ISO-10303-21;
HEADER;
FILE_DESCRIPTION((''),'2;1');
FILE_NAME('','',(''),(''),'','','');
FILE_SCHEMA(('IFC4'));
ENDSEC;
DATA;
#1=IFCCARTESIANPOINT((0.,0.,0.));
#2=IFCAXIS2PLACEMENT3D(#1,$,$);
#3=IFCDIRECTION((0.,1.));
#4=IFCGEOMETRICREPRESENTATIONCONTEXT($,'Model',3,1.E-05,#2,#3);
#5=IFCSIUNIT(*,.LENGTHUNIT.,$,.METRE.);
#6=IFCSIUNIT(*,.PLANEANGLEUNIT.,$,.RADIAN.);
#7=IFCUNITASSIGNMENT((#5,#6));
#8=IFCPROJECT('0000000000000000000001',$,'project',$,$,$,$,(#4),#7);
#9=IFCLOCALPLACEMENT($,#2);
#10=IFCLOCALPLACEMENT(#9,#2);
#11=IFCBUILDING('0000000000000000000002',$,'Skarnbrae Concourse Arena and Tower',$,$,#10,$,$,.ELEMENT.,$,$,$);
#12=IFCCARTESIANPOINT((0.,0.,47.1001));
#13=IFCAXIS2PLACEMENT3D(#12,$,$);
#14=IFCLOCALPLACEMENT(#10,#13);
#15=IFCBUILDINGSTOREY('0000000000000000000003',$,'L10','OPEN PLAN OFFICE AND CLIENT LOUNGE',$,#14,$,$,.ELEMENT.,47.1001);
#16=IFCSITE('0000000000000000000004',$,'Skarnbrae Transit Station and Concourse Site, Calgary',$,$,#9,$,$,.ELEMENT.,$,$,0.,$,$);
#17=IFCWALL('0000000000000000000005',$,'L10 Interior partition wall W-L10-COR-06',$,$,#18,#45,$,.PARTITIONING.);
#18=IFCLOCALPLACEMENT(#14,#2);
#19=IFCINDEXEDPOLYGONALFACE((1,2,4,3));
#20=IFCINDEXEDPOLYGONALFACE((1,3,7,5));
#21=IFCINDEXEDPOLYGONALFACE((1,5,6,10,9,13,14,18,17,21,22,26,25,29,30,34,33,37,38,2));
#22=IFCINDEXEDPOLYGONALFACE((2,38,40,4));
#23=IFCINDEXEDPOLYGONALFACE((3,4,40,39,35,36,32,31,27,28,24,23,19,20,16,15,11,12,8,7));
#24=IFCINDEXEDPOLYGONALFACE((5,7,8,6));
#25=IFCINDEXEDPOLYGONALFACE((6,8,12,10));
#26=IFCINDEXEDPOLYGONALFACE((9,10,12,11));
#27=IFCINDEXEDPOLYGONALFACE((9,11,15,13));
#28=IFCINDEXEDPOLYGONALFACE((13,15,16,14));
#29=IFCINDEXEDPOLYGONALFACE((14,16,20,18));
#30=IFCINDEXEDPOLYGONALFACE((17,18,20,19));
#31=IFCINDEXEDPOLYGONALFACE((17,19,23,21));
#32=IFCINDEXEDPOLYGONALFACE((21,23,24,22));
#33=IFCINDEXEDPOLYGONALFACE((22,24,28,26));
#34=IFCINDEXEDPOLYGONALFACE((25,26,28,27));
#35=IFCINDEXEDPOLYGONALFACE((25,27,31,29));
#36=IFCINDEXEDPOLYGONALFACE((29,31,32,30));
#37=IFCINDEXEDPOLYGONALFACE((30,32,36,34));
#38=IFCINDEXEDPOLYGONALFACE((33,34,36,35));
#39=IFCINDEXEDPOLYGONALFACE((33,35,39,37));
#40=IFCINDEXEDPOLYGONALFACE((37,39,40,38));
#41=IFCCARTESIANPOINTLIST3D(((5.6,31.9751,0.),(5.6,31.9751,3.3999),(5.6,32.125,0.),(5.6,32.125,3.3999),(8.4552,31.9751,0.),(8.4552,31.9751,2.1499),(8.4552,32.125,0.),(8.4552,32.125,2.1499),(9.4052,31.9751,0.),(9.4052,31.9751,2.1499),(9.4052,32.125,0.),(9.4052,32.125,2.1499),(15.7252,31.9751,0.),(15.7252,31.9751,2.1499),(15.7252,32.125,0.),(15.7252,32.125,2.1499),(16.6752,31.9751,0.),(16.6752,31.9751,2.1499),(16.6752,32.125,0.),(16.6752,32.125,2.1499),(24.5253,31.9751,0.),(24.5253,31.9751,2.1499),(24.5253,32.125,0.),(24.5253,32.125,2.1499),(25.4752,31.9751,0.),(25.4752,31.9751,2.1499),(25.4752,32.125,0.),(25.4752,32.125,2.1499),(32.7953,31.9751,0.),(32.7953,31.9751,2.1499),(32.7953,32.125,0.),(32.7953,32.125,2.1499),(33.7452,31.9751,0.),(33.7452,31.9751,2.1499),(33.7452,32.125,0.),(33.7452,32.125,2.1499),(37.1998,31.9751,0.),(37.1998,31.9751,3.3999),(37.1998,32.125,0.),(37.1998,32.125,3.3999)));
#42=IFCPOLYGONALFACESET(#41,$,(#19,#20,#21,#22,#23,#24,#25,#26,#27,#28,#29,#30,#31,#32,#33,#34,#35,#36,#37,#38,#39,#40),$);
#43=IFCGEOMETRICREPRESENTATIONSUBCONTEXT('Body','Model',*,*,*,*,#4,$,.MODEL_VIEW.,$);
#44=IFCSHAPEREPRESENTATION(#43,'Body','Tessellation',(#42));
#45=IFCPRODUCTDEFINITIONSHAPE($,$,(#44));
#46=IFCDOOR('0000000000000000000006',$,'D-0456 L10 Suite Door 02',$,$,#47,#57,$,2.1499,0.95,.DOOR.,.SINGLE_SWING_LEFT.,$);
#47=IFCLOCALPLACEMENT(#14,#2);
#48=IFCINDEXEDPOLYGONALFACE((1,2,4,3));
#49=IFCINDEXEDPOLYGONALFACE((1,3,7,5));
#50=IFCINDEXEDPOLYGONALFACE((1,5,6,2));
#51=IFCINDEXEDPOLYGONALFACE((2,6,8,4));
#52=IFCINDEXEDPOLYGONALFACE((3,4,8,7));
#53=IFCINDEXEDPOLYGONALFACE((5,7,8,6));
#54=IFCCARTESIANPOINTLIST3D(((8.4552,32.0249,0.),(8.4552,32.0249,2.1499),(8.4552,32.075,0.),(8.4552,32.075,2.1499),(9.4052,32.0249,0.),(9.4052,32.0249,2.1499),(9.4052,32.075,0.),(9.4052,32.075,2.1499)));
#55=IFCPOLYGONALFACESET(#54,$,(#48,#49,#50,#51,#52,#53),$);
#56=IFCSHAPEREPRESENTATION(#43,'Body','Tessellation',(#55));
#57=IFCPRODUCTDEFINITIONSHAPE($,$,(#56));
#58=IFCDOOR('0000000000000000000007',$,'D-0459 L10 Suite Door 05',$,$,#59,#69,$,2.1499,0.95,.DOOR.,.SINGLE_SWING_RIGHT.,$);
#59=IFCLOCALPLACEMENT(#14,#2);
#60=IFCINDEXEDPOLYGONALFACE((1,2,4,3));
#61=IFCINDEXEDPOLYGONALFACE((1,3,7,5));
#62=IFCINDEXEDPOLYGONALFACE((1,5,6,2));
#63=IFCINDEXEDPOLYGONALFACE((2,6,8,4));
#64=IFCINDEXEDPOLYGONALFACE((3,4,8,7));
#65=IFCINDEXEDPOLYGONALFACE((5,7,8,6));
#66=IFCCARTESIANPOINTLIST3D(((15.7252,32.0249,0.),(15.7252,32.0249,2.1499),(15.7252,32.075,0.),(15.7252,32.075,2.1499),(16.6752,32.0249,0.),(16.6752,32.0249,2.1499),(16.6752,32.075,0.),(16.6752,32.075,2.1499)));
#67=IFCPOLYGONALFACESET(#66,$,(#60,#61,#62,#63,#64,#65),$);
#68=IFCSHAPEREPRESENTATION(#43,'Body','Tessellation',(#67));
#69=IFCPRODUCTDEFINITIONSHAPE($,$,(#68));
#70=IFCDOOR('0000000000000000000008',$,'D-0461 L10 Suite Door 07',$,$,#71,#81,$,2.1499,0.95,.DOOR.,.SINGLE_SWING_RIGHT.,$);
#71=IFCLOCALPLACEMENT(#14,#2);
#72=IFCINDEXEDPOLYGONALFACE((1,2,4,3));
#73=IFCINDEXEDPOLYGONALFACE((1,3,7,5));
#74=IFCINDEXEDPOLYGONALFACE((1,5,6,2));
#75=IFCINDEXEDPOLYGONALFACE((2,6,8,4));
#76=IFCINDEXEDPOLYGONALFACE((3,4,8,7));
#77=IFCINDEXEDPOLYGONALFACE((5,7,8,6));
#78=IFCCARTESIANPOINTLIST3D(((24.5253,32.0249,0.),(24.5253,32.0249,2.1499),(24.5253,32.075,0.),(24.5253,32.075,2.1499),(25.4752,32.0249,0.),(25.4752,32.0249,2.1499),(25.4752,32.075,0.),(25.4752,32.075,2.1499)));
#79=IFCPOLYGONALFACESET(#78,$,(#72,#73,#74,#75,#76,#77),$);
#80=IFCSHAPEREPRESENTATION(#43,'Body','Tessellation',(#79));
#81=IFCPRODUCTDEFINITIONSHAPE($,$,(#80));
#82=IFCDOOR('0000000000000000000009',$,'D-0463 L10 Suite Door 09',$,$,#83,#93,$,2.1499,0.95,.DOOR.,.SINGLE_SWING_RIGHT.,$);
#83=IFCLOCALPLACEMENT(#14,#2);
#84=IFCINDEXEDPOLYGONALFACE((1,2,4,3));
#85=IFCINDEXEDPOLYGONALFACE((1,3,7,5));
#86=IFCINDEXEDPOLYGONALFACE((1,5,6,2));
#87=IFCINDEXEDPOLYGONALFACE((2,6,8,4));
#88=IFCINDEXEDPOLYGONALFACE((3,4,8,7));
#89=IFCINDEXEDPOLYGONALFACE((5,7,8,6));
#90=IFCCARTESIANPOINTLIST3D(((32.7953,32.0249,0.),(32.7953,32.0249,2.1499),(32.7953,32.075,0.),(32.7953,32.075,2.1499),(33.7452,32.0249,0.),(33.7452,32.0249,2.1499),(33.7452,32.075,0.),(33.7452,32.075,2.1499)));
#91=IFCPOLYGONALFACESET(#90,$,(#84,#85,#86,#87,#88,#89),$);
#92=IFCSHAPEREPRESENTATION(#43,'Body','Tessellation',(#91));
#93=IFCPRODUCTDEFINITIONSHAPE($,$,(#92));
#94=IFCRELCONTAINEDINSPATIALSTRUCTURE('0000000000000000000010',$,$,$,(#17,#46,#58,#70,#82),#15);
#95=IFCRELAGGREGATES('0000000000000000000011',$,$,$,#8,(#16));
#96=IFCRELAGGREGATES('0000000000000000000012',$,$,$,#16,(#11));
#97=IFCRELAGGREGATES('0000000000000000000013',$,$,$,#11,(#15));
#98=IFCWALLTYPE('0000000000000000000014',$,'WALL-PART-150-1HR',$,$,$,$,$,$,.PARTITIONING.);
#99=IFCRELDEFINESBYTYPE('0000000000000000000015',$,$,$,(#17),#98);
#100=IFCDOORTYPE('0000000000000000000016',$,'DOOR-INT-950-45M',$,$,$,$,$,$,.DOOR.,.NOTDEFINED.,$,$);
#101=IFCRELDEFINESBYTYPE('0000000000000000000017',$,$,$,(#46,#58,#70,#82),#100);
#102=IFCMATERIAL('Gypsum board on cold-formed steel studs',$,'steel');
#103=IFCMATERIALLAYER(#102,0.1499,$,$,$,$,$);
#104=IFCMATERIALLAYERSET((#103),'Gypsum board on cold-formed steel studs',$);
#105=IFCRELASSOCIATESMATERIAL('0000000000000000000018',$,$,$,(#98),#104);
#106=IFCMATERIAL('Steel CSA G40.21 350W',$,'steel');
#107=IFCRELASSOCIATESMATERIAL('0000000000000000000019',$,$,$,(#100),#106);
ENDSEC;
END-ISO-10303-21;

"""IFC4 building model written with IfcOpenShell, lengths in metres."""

from ifc_helpers import new_model, si_unit, direction, frame, frame_2d, origin, place, context, subcontext, project, spatial, rectangle, extrude, source, transform, mapped, material, layer, layer_set, type_object, element, fill, save


model = new_model("IFC4")

# Units and contexts
model_context = context("Model", 3, precision=1e-05, world=origin(), true_north=direction((0.0, 1.0)))
body_context = subcontext(model_context, "Body", "Model", "MODEL_VIEW")
ifc_project = project(units=[si_unit("LENGTHUNIT", "METRE"), si_unit("PLANEANGLEUNIT", "RADIAN")], contexts=[model_context])

# Site, building, storey
site_placement = place(None, origin())
site = spatial("IfcSite", under=ifc_project, at=site_placement, Name="Skarnbrae Transit Station and Concourse Site, Calgary", CompositionType="ELEMENT", RefElevation=0.0)
building_placement = place(site_placement, origin())
building = spatial("IfcBuilding", under=site, at=building_placement, Name="Skarnbrae Concourse Arena and Tower", CompositionType="ELEMENT")
storey_placement = place(building_placement, frame((0.0, 0.0, 47.1001)))
storey = spatial("IfcBuildingStorey", under=building, at=storey_placement, Name="L10", Description="OPEN PLAN OFFICE AND CLIENT LOUNGE", CompositionType="ELEMENT", Elevation=47.1001)

# Shared definitions
ifc_material_1 = material(Name="Steel CSA G40.21 350W", Category="steel")

# Shared definitions
ifc_material_2 = material(Name="Gypsum board on cold-formed steel studs", Category="steel")
ifc_layer_1 = layer(ifc_material_2, 0.1499)
ifc_layer_set_1 = layer_set([ifc_layer_1], Name="Gypsum board on cold-formed steel studs")
wall_type_1 = type_object("IfcWallType", Name="WALL-PART-150-1HR", PredefinedType="PARTITIONING", material=ifc_layer_set_1)

# Shared definitions
door_type = type_object("IfcDoorType", Name="DOOR-INT-950-45M", OperationType="NOTDEFINED", PredefinedType="DOOR", material=ifc_material_1)
shared_shape_1 = source(origin(), body_context, "Body", "SweptSolid", [
    extrude(rectangle(XDim=0.95, YDim=2.1499, at=frame_2d((0.4751, 1.075))), frame((0.0, 0.0249, 0.0), z_axis=(0.0, -1.0, 0.0), x_axis=(1.0, 0.0, 0.0)), (0.0, 0.0, 1.0), 0.05),
])

# Wall, openings, doors
shared_shape_2 = source(origin(), body_context, "Body", "SweptSolid", [
    extrude(rectangle(XDim=31.5999, YDim=0.1499, at=frame_2d((15.7998, 0.0))), origin(), (0.0, 0.0, 1.0), 3.3999),
])
wall_1_placement = place(storey_placement, frame((5.6001, 32.05, 0.0), z_axis=(0.0, 0.0, 1.0), x_axis=(1.0, 0.0, 0.0)))
wall_1 = element("IfcWall", 1, at=wall_1_placement, inside=storey, type_object=wall_type_1, Name="L10 Interior partition wall W-L10-COR-06", PredefinedType="PARTITIONING", context=body_context, shape_type="MappedRepresentation", body=[
    mapped(shared_shape_2, transform((0.0, 0.0, 0.0))),
])
opening_1_placement = place(wall_1_placement, frame((2.855, 0.0, 0.0)))
opening_1 = element("IfcOpeningElement", 2, at=opening_1_placement, cuts=wall_1, PredefinedType="OPENING", context=body_context, shape_type="SweptSolid", body=[
    extrude(rectangle(XDim=0.95, YDim=2.1499, at=frame_2d((0.4751, 1.075))), frame((0.0, 0.085, 0.0), z_axis=(0.0, -1.0, 0.0), x_axis=(1.0, 0.0, 0.0)), (0.0, 0.0, 1.0), 0.1699),
])
opening_2_placement = place(wall_1_placement, frame((10.125, 0.0, 0.0)))
opening_2 = element("IfcOpeningElement", 3, at=opening_2_placement, cuts=wall_1, PredefinedType="OPENING", context=body_context, shape_type="SweptSolid", body=[
    extrude(rectangle(XDim=0.95, YDim=2.1499, at=frame_2d((0.4751, 1.075))), frame((0.0, 0.085, 0.0), z_axis=(0.0, -1.0, 0.0), x_axis=(1.0, 0.0, 0.0)), (0.0, 0.0, 1.0), 0.1699),
])
opening_3_placement = place(wall_1_placement, frame((18.925, 0.0, 0.0)))
opening_3 = element("IfcOpeningElement", 4, at=opening_3_placement, cuts=wall_1, PredefinedType="OPENING", context=body_context, shape_type="SweptSolid", body=[
    extrude(rectangle(XDim=0.95, YDim=2.1499, at=frame_2d((0.4751, 1.075))), frame((0.0, 0.085, 0.0), z_axis=(0.0, -1.0, 0.0), x_axis=(1.0, 0.0, 0.0)), (0.0, 0.0, 1.0), 0.1699),
])
opening_4_placement = place(wall_1_placement, frame((27.1951, 0.0, 0.0)))
opening_4 = element("IfcOpeningElement", 5, at=opening_4_placement, cuts=wall_1, PredefinedType="OPENING", context=body_context, shape_type="SweptSolid", body=[
    extrude(rectangle(XDim=0.95, YDim=2.1499, at=frame_2d((0.4751, 1.075))), frame((0.0, 0.085, 0.0), z_axis=(0.0, -1.0, 0.0), x_axis=(1.0, 0.0, 0.0)), (0.0, 0.0, 1.0), 0.1699),
])
door_1_placement = place(opening_1_placement, origin())
door_1 = element("IfcDoor", 6, at=door_1_placement, inside=storey, type_object=door_type, Name="D-0456 L10 Suite Door 02", OperationType="SINGLE_SWING_LEFT", OverallHeight=2.1499, OverallWidth=0.95, PredefinedType="DOOR", context=body_context, shape_type="MappedRepresentation", body=[
    mapped(shared_shape_1, transform((0.0, 0.0, 0.0))),
])
fill(opening_1, door_1)
door_2_placement = place(opening_2_placement, origin())
door_2 = element("IfcDoor", 7, at=door_2_placement, inside=storey, type_object=door_type, Name="D-0459 L10 Suite Door 05", OperationType="SINGLE_SWING_RIGHT", OverallHeight=2.1499, OverallWidth=0.95, PredefinedType="DOOR", context=body_context, shape_type="MappedRepresentation", body=[
    mapped(shared_shape_1, transform((0.0, 0.0, 0.0))),
])
fill(opening_2, door_2)
door_3_placement = place(opening_3_placement, origin())
door_3 = element("IfcDoor", 8, at=door_3_placement, inside=storey, type_object=door_type, Name="D-0461 L10 Suite Door 07", OperationType="SINGLE_SWING_RIGHT", OverallHeight=2.1499, OverallWidth=0.95, PredefinedType="DOOR", context=body_context, shape_type="MappedRepresentation", body=[
    mapped(shared_shape_1, transform((0.0, 0.0, 0.0))),
])
fill(opening_3, door_3)
door_4_placement = place(opening_4_placement, origin())
door_4 = element("IfcDoor", 9, at=door_4_placement, inside=storey, type_object=door_type, Name="D-0463 L10 Suite Door 09", OperationType="SINGLE_SWING_RIGHT", OverallHeight=2.1499, OverallWidth=0.95, PredefinedType="DOOR", context=body_context, shape_type="MappedRepresentation", body=[
    mapped(shared_shape_1, transform((0.0, 0.0, 0.0))),
])
fill(opening_4, door_4)

save(model, "model.ifc")
